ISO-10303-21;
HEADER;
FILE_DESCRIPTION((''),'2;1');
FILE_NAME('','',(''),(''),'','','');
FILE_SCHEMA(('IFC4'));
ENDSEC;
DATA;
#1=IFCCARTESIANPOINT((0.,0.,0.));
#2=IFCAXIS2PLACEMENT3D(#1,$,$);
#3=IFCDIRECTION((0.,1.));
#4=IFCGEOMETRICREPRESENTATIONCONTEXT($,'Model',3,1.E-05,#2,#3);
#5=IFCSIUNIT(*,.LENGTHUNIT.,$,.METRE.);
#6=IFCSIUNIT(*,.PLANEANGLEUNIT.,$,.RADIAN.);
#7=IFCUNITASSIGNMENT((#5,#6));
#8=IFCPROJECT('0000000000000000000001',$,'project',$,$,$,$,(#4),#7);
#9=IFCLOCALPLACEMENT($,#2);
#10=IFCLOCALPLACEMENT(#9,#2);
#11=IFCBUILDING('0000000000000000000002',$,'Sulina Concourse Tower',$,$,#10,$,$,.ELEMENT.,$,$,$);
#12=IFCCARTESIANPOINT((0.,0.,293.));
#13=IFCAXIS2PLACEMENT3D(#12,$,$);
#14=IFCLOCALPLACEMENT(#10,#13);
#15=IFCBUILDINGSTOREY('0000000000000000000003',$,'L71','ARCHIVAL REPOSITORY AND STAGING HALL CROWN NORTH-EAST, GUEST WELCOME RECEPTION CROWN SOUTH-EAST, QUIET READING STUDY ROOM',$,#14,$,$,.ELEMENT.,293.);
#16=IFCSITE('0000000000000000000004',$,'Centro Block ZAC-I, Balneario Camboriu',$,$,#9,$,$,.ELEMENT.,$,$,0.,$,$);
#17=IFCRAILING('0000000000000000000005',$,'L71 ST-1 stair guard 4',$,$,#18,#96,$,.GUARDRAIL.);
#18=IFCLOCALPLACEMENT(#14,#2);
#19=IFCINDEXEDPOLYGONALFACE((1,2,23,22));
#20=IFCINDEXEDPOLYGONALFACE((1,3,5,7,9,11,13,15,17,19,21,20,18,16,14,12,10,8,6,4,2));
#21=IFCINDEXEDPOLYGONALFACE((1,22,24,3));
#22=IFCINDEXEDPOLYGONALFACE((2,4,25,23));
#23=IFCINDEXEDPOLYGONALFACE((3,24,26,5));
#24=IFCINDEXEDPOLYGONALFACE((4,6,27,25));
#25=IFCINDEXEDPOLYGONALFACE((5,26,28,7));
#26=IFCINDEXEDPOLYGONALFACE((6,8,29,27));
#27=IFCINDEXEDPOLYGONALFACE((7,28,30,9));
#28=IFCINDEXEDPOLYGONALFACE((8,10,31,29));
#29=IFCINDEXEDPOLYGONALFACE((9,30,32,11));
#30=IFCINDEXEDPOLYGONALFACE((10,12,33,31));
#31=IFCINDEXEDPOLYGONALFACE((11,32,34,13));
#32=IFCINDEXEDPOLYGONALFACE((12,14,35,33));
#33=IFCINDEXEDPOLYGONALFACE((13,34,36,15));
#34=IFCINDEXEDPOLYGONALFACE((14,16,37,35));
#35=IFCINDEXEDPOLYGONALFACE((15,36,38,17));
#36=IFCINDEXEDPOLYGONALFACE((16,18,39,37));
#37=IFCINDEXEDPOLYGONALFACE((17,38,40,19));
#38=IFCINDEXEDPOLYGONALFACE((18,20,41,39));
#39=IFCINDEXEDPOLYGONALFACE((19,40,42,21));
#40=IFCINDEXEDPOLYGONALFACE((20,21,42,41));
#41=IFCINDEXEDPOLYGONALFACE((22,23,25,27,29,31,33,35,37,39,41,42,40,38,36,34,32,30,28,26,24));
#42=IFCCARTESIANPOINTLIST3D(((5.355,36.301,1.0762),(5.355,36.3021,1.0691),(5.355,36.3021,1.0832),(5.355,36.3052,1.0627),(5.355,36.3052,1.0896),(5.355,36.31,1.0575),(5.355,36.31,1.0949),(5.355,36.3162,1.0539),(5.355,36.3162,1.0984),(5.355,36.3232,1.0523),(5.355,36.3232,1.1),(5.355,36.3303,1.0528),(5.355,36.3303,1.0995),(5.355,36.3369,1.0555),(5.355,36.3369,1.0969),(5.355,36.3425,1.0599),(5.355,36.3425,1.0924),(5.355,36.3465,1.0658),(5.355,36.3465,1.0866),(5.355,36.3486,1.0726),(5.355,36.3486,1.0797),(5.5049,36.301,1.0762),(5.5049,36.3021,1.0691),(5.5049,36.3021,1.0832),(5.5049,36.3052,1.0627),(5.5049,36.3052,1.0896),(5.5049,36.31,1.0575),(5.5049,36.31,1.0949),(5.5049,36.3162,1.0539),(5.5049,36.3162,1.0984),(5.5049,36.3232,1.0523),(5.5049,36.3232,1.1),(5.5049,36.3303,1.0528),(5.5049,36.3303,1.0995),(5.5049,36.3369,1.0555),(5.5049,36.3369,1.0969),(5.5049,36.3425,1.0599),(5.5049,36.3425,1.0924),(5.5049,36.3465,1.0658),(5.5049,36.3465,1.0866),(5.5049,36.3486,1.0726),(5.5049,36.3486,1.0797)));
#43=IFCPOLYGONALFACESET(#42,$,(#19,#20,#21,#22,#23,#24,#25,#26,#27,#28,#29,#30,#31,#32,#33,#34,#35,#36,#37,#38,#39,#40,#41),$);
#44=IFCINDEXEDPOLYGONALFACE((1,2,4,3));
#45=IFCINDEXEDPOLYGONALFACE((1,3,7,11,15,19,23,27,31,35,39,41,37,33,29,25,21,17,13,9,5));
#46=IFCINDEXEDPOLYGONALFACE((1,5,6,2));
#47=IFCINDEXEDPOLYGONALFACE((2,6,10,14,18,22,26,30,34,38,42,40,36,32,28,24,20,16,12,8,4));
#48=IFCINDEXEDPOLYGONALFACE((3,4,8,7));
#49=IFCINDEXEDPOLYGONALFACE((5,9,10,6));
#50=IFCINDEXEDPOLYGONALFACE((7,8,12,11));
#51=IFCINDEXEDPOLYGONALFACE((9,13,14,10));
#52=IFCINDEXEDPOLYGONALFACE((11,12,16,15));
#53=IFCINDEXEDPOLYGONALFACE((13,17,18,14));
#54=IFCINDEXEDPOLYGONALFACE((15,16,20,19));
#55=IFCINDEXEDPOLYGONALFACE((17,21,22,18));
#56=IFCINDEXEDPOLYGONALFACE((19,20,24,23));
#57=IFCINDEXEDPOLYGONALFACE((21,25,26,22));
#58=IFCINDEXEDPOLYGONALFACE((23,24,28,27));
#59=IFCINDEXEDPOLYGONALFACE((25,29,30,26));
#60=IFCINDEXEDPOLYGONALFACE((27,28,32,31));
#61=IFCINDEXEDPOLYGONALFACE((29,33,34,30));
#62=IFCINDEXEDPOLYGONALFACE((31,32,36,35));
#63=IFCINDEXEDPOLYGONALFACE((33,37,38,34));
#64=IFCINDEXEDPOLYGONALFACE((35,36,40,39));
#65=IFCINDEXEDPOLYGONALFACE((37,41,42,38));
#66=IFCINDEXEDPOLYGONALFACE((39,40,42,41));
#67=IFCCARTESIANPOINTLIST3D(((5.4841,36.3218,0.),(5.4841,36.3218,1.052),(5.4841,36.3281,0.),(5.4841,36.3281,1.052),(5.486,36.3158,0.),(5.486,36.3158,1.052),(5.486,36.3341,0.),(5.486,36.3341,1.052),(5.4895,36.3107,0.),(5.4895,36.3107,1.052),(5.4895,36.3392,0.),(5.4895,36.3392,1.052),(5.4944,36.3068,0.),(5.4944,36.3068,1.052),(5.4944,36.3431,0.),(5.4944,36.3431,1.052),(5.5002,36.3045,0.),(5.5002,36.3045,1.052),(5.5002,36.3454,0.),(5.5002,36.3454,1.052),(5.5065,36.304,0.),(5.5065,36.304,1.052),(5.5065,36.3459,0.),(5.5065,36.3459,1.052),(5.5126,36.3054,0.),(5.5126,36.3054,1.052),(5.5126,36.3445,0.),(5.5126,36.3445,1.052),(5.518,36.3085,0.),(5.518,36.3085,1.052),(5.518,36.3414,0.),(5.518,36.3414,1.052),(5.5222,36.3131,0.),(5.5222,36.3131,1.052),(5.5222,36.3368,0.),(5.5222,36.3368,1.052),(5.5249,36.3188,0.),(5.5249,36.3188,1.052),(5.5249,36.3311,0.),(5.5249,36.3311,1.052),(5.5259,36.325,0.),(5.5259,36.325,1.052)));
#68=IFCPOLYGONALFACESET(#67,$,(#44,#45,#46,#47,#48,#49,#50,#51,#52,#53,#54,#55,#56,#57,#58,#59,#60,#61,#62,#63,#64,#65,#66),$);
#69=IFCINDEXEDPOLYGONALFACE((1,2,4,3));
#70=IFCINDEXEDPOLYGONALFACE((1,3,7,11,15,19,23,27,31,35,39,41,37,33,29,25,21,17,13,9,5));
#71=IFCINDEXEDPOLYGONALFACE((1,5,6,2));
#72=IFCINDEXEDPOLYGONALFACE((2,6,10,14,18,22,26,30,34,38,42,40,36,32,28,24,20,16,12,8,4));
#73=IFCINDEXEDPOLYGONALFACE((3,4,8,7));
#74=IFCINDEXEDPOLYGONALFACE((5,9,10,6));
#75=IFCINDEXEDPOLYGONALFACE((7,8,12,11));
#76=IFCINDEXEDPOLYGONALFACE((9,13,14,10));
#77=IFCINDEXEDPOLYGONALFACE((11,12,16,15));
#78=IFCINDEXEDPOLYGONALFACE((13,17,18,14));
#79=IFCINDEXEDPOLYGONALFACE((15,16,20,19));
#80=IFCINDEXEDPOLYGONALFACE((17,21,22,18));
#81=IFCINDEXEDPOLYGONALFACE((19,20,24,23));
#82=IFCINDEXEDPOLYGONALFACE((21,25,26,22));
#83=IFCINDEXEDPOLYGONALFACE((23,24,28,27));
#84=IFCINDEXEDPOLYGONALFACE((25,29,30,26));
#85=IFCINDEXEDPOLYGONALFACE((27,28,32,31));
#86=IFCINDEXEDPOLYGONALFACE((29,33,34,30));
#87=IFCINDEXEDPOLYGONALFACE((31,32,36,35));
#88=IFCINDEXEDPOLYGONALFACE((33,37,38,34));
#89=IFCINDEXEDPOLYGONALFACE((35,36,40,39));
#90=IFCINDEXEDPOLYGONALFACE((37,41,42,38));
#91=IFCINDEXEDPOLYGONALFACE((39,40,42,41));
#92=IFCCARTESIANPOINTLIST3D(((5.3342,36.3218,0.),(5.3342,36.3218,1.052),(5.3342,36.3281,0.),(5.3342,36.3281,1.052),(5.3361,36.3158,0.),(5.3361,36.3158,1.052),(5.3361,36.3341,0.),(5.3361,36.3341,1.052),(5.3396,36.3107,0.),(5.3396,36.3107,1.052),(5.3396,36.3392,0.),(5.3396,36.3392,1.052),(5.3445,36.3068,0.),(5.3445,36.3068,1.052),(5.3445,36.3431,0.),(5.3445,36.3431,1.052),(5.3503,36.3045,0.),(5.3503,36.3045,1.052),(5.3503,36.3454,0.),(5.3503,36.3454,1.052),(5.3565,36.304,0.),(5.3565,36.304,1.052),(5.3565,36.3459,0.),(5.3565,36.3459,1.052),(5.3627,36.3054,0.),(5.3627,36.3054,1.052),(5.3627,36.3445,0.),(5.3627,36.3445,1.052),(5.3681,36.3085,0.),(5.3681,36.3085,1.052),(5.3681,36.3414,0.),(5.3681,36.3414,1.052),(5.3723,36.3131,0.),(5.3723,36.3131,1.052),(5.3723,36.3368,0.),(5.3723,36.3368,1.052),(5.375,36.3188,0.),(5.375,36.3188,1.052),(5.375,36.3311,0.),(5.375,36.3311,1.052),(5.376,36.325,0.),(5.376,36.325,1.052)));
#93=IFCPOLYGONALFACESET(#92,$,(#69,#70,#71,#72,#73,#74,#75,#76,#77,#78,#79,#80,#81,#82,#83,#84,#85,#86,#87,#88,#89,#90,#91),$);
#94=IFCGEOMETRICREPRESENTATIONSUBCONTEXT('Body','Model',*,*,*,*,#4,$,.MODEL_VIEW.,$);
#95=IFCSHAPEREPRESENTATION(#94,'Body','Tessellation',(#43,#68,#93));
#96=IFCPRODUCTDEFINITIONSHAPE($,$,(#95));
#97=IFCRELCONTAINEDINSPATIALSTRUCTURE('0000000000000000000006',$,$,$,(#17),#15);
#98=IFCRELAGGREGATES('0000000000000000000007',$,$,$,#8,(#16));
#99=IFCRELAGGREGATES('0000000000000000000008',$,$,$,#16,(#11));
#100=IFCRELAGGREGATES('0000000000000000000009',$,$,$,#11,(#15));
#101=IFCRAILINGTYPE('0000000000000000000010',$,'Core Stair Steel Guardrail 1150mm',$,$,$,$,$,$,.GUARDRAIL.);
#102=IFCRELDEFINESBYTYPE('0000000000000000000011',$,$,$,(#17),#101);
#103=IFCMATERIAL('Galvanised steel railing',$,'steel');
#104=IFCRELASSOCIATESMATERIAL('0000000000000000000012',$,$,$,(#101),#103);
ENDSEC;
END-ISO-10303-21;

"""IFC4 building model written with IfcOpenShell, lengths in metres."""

from ifc_helpers import new_model, si_unit, direction, frame, origin, origin_2d, place, context, subcontext, project, spatial, circle, extrude, material, type_object, element, save


model = new_model("IFC4")

# Units and contexts
model_context = context("Model", 3, precision=1e-05, world=origin(), true_north=direction((0.0, 1.0)))
body_context = subcontext(model_context, "Body", "Model", "MODEL_VIEW")
ifc_project = project(units=[si_unit("LENGTHUNIT", "METRE"), si_unit("PLANEANGLEUNIT", "RADIAN")], contexts=[model_context])

# Site, building, storey
site_placement = place(None, origin())
site = spatial("IfcSite", under=ifc_project, at=site_placement, Name="Centro Block ZAC-I, Balneario Camboriu", CompositionType="ELEMENT", RefElevation=0.0)
building_placement = place(site_placement, origin())
building = spatial("IfcBuilding", under=site, at=building_placement, Name="Sulina Concourse Tower", CompositionType="ELEMENT")
storey_placement = place(building_placement, frame((0.0, 0.0, 293.0)))
storey = spatial("IfcBuildingStorey", under=building, at=storey_placement, Name="L71", Description="ARCHIVAL REPOSITORY AND STAGING HALL CROWN NORTH-EAST, GUEST WELCOME RECEPTION CROWN SOUTH-EAST, QUIET READING STUDY ROOM", CompositionType="ELEMENT", Elevation=293.0)

# Railing
ifc_material_1 = material(Name="Galvanised steel railing", Category="steel")
railing_type_1 = type_object("IfcRailingType", Name="Core Stair Steel Guardrail 1150mm", PredefinedType="GUARDRAIL", material=ifc_material_1)
railing_1_placement = place(storey_placement, frame((5.5049, 36.325, 0.0)))
element("IfcRailing", 1, at=railing_1_placement, inside=storey, type_object=railing_type_1, Name="L71 ST-1 stair guard 4", PredefinedType="GUARDRAIL", context=body_context, shape_type="SweptSolid", body=[
    extrude(circle(Radius=0.0239, at=origin_2d()), frame((0.0, 0.0, 1.0762), z_axis=(-1.0, 0.0, 0.0), x_axis=(0.0, -1.0, 0.0)), (0.0, 0.0, 1.0), 0.1499),
    extrude(circle(Radius=0.021, at=origin_2d()), origin(), (0.0, 0.0, 1.0), 1.052),
    extrude(circle(Radius=0.021, at=origin_2d()), frame((-0.1499, 0.0, 0.0)), (0.0, 0.0, 1.0), 1.052),
])

save(model, "model.ifc")
